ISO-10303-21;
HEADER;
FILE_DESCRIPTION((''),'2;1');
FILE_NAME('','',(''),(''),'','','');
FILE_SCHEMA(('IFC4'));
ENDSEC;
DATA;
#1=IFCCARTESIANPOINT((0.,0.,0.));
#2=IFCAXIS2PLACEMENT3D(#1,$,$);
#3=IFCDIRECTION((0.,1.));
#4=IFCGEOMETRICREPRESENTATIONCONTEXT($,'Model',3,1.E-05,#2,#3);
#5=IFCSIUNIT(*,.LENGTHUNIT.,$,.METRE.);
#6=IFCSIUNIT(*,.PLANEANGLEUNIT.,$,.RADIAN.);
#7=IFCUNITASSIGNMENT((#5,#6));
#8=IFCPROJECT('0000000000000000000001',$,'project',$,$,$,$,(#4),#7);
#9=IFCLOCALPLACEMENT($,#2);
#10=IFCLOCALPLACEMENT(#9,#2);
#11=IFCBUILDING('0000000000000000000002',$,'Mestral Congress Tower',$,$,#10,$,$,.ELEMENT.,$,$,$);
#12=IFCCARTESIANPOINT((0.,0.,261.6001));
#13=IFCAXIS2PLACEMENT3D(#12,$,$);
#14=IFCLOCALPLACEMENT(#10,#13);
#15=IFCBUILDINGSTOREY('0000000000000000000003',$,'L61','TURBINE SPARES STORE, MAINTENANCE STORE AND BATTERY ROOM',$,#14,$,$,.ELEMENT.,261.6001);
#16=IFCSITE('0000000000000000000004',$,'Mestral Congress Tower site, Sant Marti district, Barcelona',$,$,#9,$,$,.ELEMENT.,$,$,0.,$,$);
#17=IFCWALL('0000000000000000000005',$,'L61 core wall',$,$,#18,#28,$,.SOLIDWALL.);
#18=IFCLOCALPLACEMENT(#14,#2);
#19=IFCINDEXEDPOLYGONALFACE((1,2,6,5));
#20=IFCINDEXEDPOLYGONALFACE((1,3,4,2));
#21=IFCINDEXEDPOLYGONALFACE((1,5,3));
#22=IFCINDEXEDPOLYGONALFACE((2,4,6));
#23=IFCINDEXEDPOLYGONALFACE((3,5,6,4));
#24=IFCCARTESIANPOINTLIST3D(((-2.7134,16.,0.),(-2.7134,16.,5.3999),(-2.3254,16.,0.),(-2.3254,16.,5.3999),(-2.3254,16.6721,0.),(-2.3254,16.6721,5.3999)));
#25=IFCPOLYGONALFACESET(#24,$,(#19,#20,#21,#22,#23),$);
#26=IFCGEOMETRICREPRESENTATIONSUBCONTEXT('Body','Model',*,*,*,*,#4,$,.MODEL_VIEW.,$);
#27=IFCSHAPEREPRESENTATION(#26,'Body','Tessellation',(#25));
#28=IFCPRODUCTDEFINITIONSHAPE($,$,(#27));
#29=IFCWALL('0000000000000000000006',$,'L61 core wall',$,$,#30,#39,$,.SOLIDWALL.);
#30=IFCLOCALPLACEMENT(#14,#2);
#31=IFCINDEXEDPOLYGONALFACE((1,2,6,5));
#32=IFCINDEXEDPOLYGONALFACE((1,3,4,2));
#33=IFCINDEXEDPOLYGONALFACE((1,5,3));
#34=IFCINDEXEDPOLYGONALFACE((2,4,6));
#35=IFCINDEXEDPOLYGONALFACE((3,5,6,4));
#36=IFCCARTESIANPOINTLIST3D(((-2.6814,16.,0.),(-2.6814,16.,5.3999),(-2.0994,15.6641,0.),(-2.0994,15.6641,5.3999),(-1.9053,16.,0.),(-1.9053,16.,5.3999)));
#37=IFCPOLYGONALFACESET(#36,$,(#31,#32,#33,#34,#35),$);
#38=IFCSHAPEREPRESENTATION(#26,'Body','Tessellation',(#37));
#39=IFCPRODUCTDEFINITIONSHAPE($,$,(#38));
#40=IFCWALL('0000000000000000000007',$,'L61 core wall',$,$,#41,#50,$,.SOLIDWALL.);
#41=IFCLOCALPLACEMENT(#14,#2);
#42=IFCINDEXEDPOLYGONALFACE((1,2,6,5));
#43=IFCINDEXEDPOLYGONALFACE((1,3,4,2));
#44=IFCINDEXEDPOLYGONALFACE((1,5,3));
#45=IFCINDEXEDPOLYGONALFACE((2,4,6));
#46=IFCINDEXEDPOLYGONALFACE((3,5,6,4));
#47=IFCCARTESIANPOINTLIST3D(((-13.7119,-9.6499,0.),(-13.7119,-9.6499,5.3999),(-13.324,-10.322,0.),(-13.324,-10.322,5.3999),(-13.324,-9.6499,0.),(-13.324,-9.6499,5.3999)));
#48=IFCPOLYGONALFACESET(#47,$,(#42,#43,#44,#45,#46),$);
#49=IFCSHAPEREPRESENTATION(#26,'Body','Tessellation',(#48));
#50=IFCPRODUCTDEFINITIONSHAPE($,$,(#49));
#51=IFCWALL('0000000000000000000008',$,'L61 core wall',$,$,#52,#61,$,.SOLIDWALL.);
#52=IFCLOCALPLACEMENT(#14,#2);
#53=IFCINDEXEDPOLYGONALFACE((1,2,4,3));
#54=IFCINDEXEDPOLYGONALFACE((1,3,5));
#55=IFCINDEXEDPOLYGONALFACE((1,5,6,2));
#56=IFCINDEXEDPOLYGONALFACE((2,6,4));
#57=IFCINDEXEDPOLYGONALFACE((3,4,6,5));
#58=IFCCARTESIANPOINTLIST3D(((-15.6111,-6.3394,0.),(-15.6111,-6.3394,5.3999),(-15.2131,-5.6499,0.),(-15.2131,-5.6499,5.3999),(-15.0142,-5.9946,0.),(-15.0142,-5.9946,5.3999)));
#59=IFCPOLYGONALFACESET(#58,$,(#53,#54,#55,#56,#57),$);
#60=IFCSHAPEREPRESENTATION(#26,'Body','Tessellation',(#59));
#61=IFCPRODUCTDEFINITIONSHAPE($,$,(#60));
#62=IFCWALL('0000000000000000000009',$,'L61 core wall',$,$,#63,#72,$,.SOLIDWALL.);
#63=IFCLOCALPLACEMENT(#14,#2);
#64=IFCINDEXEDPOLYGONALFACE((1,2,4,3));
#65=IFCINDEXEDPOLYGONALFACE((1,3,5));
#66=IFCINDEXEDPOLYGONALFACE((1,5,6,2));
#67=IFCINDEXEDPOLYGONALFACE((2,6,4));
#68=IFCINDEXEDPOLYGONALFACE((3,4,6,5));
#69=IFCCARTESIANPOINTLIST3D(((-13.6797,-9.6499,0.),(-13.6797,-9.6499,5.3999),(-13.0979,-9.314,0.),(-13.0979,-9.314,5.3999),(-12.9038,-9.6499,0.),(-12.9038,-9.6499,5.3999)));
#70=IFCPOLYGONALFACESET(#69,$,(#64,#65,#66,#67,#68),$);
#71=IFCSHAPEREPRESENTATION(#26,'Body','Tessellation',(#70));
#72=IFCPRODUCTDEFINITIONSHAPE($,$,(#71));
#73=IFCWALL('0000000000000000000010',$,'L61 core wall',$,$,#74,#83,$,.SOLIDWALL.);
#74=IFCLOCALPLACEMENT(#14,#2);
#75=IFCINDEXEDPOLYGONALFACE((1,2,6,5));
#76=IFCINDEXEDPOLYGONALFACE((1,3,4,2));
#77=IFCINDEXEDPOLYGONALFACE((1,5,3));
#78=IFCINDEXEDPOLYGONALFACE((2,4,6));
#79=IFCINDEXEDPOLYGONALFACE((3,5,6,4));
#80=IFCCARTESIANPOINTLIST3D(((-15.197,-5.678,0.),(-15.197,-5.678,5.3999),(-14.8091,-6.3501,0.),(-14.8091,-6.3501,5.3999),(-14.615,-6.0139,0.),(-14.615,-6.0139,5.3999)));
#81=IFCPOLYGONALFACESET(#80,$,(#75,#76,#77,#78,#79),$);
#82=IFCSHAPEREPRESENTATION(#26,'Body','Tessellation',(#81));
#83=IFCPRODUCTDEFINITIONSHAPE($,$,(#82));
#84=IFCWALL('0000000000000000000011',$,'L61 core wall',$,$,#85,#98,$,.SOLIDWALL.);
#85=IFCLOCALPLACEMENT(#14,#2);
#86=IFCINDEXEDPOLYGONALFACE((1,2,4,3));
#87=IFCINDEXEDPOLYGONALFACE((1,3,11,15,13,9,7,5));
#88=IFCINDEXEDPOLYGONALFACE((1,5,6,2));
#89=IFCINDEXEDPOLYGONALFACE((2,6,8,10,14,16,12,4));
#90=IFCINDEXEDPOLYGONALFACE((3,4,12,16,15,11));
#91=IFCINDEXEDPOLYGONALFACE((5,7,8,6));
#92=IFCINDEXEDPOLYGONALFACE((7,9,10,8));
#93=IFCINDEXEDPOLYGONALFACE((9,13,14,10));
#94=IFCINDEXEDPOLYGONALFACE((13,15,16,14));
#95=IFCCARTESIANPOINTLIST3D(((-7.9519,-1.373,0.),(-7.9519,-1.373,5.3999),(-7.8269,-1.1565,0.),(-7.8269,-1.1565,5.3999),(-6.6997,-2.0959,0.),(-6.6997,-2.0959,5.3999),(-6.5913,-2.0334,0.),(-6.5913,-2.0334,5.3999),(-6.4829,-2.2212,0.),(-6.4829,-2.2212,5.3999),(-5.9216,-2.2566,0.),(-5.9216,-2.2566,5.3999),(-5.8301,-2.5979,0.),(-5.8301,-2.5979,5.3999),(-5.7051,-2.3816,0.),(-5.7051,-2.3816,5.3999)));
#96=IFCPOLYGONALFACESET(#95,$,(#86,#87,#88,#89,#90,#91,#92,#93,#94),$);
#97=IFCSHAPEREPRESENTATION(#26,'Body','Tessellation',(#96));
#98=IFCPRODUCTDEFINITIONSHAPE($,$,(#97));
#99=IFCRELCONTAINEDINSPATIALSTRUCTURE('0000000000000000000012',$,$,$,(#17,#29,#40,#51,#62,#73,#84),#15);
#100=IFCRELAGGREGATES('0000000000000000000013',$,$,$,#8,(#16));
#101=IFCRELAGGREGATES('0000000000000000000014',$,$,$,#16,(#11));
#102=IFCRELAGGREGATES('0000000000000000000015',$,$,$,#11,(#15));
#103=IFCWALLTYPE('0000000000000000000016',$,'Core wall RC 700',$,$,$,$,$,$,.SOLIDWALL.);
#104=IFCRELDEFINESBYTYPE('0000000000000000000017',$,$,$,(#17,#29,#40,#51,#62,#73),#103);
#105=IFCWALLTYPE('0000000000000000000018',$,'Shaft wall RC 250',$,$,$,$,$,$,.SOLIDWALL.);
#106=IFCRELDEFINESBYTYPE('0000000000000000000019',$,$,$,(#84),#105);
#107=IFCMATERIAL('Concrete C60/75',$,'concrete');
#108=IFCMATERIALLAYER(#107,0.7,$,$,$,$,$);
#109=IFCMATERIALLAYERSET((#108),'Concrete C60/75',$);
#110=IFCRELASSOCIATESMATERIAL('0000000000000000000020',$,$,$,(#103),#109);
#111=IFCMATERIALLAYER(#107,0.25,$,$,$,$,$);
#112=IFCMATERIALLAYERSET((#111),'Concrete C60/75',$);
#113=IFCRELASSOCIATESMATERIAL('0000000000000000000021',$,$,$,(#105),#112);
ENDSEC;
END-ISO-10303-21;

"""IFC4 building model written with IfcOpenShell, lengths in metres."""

from ifc_helpers import new_model, si_unit, direction, frame, origin, place, context, subcontext, project, spatial, polyline, outline, extrude, material, layer, layer_set, type_object, element, save


model = new_model("IFC4")

# Units and contexts
model_context = context("Model", 3, precision=1e-05, world=origin(), true_north=direction((0.0, 1.0)))
body_context = subcontext(model_context, "Body", "Model", "MODEL_VIEW")
ifc_project = project(units=[si_unit("LENGTHUNIT", "METRE"), si_unit("PLANEANGLEUNIT", "RADIAN")], contexts=[model_context])

# Site, building, storey
site_placement = place(None, origin())
site = spatial("IfcSite", under=ifc_project, at=site_placement, Name="Mestral Congress Tower site, Sant Marti district, Barcelona", CompositionType="ELEMENT", RefElevation=0.0)
building_placement = place(site_placement, origin())
building = spatial("IfcBuilding", under=site, at=building_placement, Name="Mestral Congress Tower", CompositionType="ELEMENT")
storey_placement = place(building_placement, frame((0.0, 0.0, 261.6001)))
storey = spatial("IfcBuildingStorey", under=building, at=storey_placement, Name="L61", Description="TURBINE SPARES STORE, MAINTENANCE STORE AND BATTERY ROOM", CompositionType="ELEMENT", Elevation=261.6001)

# Shared definitions
ifc_material = material(Name="Concrete C60/75", Category="concrete")

# Shared definitions
placement = place(storey_placement, origin())

# Walls
ifc_layer_1 = layer(ifc_material, 0.7)
ifc_layer_set_1 = layer_set([ifc_layer_1], Name="Concrete C60/75")
wall_type_1 = type_object("IfcWallType", Name="Core wall RC 700", PredefinedType="SOLIDWALL", material=ifc_layer_set_1)
element("IfcWall", 1, at=placement, inside=storey, type_object=wall_type_1, Name="L61 core wall", PredefinedType="SOLIDWALL", context=body_context, shape_type="SweptSolid", body=[
    extrude(outline(polyline([(-2.7134, 16.0), (-2.3254, 16.6721), (-2.3254, 16.0), (-2.7134, 16.0)])), origin(), (0.0, 0.0, 1.0), 5.3999),
])
element("IfcWall", 2, at=placement, inside=storey, type_object=wall_type_1, Name="L61 core wall", PredefinedType="SOLIDWALL", context=body_context, shape_type="SweptSolid", body=[
    extrude(outline(polyline([(-1.9053, 16.0), (-2.0994, 15.6641), (-2.6814, 16.0), (-1.9053, 16.0)])), origin(), (0.0, 0.0, 1.0), 5.3999),
])
element("IfcWall", 3, at=placement, inside=storey, type_object=wall_type_1, Name="L61 core wall", PredefinedType="SOLIDWALL", context=body_context, shape_type="SweptSolid", body=[
    extrude(outline(polyline([(-13.7119, -9.6499), (-13.324, -9.6499), (-13.324, -10.322), (-13.7119, -9.6499)])), origin(), (0.0, 0.0, 1.0), 5.3999),
])
element("IfcWall", 4, at=placement, inside=storey, type_object=wall_type_1, Name="L61 core wall", PredefinedType="SOLIDWALL", context=body_context, shape_type="SweptSolid", body=[
    extrude(outline(polyline([(-15.0142, -5.9946), (-15.6111, -6.3394), (-15.2131, -5.6499), (-15.0142, -5.9946)])), origin(), (0.0, 0.0, 1.0), 5.3999),
])
element("IfcWall", 5, at=placement, inside=storey, type_object=wall_type_1, Name="L61 core wall", PredefinedType="SOLIDWALL", context=body_context, shape_type="SweptSolid", body=[
    extrude(outline(polyline([(-12.9038, -9.6499), (-13.6797, -9.6499), (-13.0979, -9.314), (-12.9038, -9.6499)])), origin(), (0.0, 0.0, 1.0), 5.3999),
])
element("IfcWall", 6, at=placement, inside=storey, type_object=wall_type_1, Name="L61 core wall", PredefinedType="SOLIDWALL", context=body_context, shape_type="SweptSolid", body=[
    extrude(outline(polyline([(-14.8091, -6.3501), (-15.197, -5.678), (-14.615, -6.0139), (-14.8091, -6.3501)])), origin(), (0.0, 0.0, 1.0), 5.3999),
])
ifc_layer_2 = layer(ifc_material, 0.25)
ifc_layer_set_2 = layer_set([ifc_layer_2], Name="Concrete C60/75")
wall_type_2 = type_object("IfcWallType", Name="Shaft wall RC 250", PredefinedType="SOLIDWALL", material=ifc_layer_set_2)
element("IfcWall", 7, at=placement, inside=storey, type_object=wall_type_2, Name="L61 core wall", PredefinedType="SOLIDWALL", context=body_context, shape_type="SweptSolid", body=[
    extrude(outline(polyline([(-5.9216, -2.2566), (-5.9216, -2.2566), (-5.7051, -2.3816), (-5.8301, -2.5979), (-6.4829, -2.2212), (-6.5913, -2.0334), (-6.5913, -2.0334), (-6.6997, -2.0959), (-7.9519, -1.373), (-7.8269, -1.1565), (-5.9216, -2.2566)])), origin(), (0.0, 0.0, 1.0), 5.3999),
])

save(model, "model.ifc")
